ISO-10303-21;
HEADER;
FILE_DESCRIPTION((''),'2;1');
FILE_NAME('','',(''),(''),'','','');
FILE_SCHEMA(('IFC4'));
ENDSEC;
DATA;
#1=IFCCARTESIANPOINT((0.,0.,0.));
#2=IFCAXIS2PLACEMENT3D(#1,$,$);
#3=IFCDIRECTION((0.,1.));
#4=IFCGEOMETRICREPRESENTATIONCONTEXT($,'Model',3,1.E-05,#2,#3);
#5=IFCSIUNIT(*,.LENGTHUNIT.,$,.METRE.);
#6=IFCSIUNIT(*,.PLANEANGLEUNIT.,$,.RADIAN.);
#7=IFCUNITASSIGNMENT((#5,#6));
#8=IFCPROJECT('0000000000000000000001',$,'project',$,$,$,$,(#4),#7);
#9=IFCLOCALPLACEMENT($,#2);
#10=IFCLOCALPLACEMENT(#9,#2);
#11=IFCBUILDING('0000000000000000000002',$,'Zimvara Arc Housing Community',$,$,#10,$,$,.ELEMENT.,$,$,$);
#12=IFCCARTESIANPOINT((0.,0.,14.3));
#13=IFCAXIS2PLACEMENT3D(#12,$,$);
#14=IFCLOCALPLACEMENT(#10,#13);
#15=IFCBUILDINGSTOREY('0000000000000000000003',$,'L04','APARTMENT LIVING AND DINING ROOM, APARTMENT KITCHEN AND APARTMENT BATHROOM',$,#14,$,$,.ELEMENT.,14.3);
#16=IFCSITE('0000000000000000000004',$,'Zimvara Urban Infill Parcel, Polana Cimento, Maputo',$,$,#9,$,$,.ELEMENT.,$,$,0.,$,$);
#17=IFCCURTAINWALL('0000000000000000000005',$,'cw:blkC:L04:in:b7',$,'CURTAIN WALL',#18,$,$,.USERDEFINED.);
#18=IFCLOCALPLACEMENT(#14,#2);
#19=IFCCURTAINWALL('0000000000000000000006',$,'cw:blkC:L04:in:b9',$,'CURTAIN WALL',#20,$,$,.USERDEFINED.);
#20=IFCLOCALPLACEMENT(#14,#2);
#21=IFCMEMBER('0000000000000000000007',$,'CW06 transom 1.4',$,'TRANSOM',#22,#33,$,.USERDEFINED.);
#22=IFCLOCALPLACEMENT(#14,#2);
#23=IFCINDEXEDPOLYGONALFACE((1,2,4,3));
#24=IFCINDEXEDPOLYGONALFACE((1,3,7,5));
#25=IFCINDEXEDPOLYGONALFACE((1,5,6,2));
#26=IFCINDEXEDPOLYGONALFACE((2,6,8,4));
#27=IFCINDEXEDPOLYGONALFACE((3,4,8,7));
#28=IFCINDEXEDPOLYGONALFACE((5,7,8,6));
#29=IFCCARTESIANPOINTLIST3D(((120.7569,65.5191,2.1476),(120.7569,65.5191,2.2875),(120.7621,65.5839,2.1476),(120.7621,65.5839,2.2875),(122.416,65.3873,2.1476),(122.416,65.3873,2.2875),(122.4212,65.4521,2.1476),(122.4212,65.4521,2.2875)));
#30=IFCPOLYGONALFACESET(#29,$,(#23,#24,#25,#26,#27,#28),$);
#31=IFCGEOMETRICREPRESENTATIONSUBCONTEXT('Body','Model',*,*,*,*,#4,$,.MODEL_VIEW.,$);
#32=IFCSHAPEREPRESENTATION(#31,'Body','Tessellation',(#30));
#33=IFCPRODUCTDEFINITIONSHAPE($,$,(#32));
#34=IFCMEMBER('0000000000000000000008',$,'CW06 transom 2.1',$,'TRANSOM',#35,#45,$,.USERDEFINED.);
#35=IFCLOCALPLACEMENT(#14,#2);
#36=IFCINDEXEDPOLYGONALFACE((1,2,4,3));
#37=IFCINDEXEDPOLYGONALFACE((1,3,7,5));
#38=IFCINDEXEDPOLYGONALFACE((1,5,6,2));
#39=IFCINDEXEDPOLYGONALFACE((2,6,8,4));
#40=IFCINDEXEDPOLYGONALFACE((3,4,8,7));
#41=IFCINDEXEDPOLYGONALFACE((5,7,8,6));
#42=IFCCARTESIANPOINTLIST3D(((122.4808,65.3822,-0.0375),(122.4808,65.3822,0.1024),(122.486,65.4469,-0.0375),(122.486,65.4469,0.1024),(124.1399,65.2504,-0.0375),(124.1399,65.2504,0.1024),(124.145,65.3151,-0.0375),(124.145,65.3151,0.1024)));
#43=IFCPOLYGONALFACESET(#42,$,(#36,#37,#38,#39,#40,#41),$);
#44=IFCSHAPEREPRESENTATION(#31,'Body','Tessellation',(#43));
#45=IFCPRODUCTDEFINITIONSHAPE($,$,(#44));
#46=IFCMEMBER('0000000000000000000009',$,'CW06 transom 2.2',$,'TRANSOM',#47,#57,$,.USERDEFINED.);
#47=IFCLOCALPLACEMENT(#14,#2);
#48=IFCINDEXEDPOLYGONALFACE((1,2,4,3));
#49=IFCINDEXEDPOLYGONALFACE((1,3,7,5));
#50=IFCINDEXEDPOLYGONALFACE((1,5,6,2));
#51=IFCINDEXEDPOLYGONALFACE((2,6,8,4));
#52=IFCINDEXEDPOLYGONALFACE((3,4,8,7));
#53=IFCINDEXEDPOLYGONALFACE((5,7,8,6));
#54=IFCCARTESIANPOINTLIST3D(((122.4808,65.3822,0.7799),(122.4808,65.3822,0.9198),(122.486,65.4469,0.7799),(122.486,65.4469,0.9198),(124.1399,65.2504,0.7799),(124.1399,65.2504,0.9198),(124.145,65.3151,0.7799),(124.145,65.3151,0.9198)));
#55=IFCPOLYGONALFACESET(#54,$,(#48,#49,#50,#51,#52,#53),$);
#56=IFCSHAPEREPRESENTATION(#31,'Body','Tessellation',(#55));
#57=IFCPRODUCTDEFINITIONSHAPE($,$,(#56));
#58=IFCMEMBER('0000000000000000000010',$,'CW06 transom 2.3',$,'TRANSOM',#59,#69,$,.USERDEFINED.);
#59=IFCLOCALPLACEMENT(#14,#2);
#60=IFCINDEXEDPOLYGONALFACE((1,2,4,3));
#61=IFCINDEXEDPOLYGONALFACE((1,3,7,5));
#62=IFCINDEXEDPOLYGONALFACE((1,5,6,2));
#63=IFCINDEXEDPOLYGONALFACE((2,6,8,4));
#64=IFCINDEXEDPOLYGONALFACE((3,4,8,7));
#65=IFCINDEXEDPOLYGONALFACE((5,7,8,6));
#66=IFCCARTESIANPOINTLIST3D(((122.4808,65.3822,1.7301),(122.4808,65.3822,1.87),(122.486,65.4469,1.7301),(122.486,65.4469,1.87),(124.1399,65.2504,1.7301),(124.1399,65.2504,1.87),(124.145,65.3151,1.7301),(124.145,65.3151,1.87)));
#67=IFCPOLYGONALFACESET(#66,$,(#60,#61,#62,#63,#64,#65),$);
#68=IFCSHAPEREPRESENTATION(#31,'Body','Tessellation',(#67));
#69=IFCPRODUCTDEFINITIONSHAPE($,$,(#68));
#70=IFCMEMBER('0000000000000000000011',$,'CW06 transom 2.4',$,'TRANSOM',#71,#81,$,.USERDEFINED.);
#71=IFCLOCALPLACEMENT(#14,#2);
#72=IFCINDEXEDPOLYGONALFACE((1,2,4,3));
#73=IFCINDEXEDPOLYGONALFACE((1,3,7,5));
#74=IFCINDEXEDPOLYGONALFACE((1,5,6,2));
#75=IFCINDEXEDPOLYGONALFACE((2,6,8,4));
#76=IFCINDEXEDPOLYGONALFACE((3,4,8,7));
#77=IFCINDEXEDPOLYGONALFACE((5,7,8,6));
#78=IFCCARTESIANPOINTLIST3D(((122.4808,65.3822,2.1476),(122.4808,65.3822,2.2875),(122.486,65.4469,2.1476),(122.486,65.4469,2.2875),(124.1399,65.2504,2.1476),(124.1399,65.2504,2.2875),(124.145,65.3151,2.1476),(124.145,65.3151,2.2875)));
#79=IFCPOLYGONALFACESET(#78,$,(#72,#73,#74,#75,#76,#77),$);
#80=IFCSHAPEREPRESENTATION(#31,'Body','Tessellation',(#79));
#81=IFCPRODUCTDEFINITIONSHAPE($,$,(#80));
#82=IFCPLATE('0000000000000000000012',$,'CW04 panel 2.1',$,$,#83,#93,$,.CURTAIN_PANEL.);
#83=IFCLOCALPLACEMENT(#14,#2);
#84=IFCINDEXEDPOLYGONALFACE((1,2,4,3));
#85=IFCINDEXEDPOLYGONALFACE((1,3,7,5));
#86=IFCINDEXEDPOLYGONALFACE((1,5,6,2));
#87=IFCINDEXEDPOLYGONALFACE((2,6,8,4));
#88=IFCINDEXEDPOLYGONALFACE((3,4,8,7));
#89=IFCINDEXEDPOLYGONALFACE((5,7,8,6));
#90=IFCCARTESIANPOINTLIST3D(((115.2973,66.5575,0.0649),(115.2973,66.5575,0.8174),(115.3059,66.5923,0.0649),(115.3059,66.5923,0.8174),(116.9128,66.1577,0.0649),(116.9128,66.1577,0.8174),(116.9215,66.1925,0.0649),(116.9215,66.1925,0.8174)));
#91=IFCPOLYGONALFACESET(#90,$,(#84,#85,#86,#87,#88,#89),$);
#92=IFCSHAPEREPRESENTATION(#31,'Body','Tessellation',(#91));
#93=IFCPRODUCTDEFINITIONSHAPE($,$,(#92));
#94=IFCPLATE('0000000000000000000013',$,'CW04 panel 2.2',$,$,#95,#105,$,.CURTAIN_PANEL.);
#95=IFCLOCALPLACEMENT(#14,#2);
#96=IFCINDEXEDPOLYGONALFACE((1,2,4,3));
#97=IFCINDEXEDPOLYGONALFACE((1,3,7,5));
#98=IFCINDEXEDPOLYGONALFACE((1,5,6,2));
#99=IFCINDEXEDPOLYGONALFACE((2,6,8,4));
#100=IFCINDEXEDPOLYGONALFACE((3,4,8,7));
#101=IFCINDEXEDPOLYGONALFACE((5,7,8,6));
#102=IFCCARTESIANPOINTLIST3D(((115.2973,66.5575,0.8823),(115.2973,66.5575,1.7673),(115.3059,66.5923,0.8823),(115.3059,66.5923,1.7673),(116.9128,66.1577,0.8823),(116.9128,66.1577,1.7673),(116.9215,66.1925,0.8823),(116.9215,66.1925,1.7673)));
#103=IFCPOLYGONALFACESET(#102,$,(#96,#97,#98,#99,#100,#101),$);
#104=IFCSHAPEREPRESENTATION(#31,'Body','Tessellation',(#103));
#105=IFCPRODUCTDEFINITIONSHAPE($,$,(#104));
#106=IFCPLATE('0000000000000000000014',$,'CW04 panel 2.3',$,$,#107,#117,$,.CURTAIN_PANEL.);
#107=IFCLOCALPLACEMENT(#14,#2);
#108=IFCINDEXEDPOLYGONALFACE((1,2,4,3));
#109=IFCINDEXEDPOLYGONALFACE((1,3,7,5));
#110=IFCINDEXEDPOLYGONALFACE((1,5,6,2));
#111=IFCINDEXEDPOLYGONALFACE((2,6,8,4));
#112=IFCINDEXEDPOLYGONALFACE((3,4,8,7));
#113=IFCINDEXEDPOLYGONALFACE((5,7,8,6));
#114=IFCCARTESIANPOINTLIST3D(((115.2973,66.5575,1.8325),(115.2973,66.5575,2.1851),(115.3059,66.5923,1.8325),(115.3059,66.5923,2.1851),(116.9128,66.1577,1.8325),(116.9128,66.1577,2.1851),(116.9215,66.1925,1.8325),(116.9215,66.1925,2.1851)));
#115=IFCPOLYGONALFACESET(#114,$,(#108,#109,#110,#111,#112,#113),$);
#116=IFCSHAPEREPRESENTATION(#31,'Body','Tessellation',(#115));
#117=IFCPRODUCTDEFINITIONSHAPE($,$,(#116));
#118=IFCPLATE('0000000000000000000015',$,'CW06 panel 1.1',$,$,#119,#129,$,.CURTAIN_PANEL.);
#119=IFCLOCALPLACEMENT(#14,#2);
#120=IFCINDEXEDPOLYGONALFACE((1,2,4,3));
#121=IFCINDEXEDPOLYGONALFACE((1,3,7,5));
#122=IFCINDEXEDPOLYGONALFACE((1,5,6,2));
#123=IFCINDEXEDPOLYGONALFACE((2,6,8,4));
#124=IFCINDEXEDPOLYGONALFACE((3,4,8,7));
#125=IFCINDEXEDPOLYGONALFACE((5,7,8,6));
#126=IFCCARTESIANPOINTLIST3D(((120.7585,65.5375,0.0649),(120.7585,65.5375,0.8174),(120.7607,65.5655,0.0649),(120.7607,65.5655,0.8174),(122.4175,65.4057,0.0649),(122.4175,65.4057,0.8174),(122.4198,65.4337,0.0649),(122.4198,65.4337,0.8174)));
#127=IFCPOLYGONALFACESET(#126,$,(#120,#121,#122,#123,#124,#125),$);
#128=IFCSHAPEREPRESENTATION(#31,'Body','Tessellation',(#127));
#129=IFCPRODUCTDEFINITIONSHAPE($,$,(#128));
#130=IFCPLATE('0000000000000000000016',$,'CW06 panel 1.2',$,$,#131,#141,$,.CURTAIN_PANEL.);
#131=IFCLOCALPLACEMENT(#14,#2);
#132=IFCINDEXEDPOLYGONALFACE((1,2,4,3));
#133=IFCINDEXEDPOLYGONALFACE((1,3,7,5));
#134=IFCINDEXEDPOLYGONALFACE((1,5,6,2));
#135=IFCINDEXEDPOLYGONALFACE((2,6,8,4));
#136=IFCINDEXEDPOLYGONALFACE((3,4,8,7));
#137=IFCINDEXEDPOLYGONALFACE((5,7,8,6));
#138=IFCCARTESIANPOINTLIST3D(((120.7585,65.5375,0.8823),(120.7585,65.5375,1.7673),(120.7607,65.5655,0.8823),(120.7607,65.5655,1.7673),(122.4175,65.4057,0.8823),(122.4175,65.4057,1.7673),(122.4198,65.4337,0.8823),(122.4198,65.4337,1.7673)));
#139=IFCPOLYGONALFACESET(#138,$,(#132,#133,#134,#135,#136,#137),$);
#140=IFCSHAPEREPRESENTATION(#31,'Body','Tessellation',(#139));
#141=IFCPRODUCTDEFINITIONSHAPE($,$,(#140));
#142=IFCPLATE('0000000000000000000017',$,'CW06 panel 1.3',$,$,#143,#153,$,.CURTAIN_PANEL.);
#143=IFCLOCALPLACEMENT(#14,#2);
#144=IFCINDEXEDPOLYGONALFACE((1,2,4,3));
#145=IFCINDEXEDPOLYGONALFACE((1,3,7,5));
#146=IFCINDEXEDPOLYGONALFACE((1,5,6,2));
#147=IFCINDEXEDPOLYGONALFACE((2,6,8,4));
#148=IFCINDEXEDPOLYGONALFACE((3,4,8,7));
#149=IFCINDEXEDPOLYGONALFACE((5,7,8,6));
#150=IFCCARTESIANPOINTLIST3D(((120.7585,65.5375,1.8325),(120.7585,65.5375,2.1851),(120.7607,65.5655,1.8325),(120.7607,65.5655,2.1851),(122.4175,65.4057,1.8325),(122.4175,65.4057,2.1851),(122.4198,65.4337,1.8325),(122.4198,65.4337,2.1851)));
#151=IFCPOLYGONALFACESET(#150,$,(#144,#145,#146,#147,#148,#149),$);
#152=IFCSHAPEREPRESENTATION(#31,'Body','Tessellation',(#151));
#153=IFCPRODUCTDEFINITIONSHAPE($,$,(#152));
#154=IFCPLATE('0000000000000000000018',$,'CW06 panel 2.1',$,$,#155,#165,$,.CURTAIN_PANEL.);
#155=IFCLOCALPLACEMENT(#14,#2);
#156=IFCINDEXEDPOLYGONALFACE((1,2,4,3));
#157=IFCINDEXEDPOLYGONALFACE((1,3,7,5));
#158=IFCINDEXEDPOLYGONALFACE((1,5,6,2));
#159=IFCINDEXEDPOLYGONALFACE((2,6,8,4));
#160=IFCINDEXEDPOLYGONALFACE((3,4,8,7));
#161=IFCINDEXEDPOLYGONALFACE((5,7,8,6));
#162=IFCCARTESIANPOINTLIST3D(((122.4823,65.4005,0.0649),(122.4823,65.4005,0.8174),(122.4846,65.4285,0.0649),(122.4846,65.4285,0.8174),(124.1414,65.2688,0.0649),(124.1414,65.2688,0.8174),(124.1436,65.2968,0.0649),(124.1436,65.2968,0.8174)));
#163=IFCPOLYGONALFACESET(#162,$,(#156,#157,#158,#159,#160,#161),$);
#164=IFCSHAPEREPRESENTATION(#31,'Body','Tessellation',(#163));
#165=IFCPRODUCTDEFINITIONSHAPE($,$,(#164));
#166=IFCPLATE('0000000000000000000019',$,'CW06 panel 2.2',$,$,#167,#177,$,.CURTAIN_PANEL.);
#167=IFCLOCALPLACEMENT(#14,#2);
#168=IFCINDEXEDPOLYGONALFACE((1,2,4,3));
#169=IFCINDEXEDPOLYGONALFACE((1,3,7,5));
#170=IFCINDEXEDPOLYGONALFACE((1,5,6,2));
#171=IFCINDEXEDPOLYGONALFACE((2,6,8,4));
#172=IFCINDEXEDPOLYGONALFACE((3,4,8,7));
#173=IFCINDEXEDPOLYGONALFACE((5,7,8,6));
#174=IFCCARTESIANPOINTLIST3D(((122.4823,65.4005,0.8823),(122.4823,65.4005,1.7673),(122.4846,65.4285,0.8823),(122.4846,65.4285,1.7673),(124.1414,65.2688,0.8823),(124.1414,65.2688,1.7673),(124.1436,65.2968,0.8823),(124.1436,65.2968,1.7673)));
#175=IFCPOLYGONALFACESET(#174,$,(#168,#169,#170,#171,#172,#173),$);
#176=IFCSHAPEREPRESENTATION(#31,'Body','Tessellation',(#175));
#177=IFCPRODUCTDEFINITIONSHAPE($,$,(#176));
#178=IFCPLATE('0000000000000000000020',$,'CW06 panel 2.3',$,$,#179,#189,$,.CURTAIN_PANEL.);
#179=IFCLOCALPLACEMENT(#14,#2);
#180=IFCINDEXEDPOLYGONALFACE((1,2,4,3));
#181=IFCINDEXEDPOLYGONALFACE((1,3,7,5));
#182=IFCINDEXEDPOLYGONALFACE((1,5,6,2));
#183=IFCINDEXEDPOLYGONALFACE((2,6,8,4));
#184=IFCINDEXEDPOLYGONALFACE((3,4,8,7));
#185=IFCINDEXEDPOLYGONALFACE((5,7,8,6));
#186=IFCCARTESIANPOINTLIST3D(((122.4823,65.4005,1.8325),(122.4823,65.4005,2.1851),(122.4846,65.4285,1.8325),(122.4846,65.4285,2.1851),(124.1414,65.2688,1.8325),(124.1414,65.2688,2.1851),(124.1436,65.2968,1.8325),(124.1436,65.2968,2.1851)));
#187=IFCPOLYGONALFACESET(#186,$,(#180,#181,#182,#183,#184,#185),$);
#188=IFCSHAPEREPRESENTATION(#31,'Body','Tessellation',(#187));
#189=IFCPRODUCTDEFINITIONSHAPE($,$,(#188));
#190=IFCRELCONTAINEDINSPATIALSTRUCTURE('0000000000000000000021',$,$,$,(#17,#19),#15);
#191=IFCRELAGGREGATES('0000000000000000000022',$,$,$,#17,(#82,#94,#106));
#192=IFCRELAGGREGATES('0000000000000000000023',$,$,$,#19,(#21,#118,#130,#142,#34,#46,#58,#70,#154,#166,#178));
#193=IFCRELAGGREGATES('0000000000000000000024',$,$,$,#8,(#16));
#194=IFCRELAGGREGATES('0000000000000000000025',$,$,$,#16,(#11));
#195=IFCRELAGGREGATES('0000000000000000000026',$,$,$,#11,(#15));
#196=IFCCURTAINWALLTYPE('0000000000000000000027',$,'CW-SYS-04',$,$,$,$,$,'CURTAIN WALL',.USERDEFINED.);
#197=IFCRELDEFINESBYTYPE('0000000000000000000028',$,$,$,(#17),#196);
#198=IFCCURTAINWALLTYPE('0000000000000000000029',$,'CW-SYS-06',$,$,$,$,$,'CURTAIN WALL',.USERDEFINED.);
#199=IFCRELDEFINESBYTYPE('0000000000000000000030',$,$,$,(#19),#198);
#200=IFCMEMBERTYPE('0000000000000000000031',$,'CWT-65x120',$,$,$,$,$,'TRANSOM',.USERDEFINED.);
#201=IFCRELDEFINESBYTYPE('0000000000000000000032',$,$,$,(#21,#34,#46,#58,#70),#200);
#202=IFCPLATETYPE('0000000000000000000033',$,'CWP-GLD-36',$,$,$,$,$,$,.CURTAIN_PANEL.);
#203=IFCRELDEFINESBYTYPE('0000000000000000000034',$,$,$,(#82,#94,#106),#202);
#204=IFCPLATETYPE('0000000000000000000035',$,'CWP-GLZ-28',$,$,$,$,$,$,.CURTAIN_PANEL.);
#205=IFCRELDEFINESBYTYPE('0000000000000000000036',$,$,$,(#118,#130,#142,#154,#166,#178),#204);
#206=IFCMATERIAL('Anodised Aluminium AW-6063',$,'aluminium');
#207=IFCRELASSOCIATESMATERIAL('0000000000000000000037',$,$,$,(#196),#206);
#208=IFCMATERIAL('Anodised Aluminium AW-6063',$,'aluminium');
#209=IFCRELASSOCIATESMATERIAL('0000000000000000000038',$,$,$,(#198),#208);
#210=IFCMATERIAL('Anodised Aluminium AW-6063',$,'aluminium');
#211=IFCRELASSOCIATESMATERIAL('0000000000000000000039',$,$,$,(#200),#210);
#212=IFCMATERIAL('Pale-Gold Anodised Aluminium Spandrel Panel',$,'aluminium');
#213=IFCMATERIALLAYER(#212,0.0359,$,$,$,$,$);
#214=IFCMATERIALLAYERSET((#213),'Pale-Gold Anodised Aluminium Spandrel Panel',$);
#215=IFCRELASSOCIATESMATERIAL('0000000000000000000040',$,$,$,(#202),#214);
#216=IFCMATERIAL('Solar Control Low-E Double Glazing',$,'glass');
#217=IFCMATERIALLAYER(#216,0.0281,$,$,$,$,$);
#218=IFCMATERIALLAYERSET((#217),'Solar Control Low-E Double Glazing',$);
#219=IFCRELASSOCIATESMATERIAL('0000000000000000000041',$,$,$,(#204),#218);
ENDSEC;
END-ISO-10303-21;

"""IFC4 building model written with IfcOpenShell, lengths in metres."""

from ifc_helpers import new_model, si_unit, direction, frame, origin, origin_2d, place, context, subcontext, project, spatial, rectangle, extrude, material, layer, layer_set, material_profile, profile_set, type_object, element, aggregate, save


model = new_model("IFC4")

# Units and contexts
model_context = context("Model", 3, precision=1e-05, world=origin(), true_north=direction((0.0, 1.0)))
body_context = subcontext(model_context, "Body", "Model", "MODEL_VIEW")
ifc_project = project(units=[si_unit("LENGTHUNIT", "METRE"), si_unit("PLANEANGLEUNIT", "RADIAN")], contexts=[model_context])

# Site, building, storey
site_placement = place(None, origin())
site = spatial("IfcSite", under=ifc_project, at=site_placement, Name="Zimvara Urban Infill Parcel, Polana Cimento, Maputo", CompositionType="ELEMENT", RefElevation=0.0)
building_placement = place(site_placement, origin())
building = spatial("IfcBuilding", under=site, at=building_placement, Name="Zimvara Arc Housing Community", CompositionType="ELEMENT")
storey_placement = place(building_placement, frame((0.0, 0.0, 14.3)))
storey = spatial("IfcBuildingStorey", under=building, at=storey_placement, Name="L04", Description="APARTMENT LIVING AND DINING ROOM, APARTMENT KITCHEN AND APARTMENT BATHROOM", CompositionType="ELEMENT", Elevation=14.3)

# Curtain wall
ifc_material_1 = material(Name="Anodised Aluminium AW-6063", Category="aluminium")
curtain_wall_type_1 = type_object("IfcCurtainWallType", Name="CW-SYS-04", ElementType="CURTAIN WALL", PredefinedType="USERDEFINED", material=ifc_material_1)
curtain_wall_1_placement = place(storey_placement, origin())
curtain_wall_1 = element("IfcCurtainWall", 1, at=curtain_wall_1_placement, inside=storey, type_object=curtain_wall_type_1, Name="cw:blkC:L04:in:b7", ObjectType="CURTAIN WALL", PredefinedType="USERDEFINED")

# Curtain wall, members
ifc_material_2 = material(Name="Anodised Aluminium AW-6063", Category="aluminium")
curtain_wall_type_2 = type_object("IfcCurtainWallType", Name="CW-SYS-06", ElementType="CURTAIN WALL", PredefinedType="USERDEFINED", material=ifc_material_2)
curtain_wall_2_placement = place(storey_placement, origin())
curtain_wall_2 = element("IfcCurtainWall", 2, at=curtain_wall_2_placement, inside=storey, type_object=curtain_wall_type_2, Name="cw:blkC:L04:in:b9", ObjectType="CURTAIN WALL", PredefinedType="USERDEFINED")
ifc_material_3 = material(Name="Anodised Aluminium AW-6063", Category="aluminium")
ifc_material_profile_1 = material_profile(ifc_material_3, rectangle(XDim=0.0649, YDim=0.1399, at=origin_2d()), Name="ALU 65x140")
ifc_profile_set_1 = profile_set([ifc_material_profile_1], Name="Anodised Aluminium AW-6063")
member_type_1 = type_object("IfcMemberType", Name="CWT-65x120", ElementType="TRANSOM", PredefinedType="USERDEFINED", material=ifc_profile_set_1)
member_1_placement = place(storey_placement, frame((120.7595, 65.5515, 2.2175), z_axis=(0.996858, -0.079209, 0.0), x_axis=(0.079209, 0.996858, 0.0)))
member_1 = element("IfcMember", 3, at=member_1_placement, type_object=member_type_1, Name="CW06 transom 1.4", ObjectType="TRANSOM", PredefinedType="USERDEFINED", context=body_context, shape_type="SweptSolid", body=[
    extrude(rectangle(XDim=0.0649, YDim=0.1399, at=origin_2d()), origin(), (0.0, 0.0, 1.0), 1.6643),
])
member_2_placement = place(storey_placement, frame((122.4834, 65.4146, 0.0325), z_axis=(0.996858, -0.079209, 0.0), x_axis=(0.079209, 0.996858, 0.0)))
member_2 = element("IfcMember", 4, at=member_2_placement, type_object=member_type_1, Name="CW06 transom 2.1", ObjectType="TRANSOM", PredefinedType="USERDEFINED", context=body_context, shape_type="SweptSolid", body=[
    extrude(rectangle(XDim=0.0649, YDim=0.1399, at=origin_2d()), origin(), (0.0, 0.0, 1.0), 1.6643),
])
member_3_placement = place(storey_placement, frame((122.4834, 65.4146, 0.8499), z_axis=(0.996858, -0.079209, 0.0), x_axis=(0.079209, 0.996858, 0.0)))
member_3 = element("IfcMember", 5, at=member_3_placement, type_object=member_type_1, Name="CW06 transom 2.2", ObjectType="TRANSOM", PredefinedType="USERDEFINED", context=body_context, shape_type="SweptSolid", body=[
    extrude(rectangle(XDim=0.0649, YDim=0.1399, at=origin_2d()), origin(), (0.0, 0.0, 1.0), 1.6643),
])
member_4_placement = place(storey_placement, frame((122.4834, 65.4146, 1.8), z_axis=(0.996858, -0.079209, 0.0), x_axis=(0.079209, 0.996858, 0.0)))
member_4 = element("IfcMember", 6, at=member_4_placement, type_object=member_type_1, Name="CW06 transom 2.3", ObjectType="TRANSOM", PredefinedType="USERDEFINED", context=body_context, shape_type="SweptSolid", body=[
    extrude(rectangle(XDim=0.0649, YDim=0.1399, at=origin_2d()), origin(), (0.0, 0.0, 1.0), 1.6643),
])
member_5_placement = place(storey_placement, frame((122.4834, 65.4146, 2.2175), z_axis=(0.996858, -0.079209, 0.0), x_axis=(0.079209, 0.996858, 0.0)))
member_5 = element("IfcMember", 7, at=member_5_placement, type_object=member_type_1, Name="CW06 transom 2.4", ObjectType="TRANSOM", PredefinedType="USERDEFINED", context=body_context, shape_type="SweptSolid", body=[
    extrude(rectangle(XDim=0.0649, YDim=0.1399, at=origin_2d()), origin(), (0.0, 0.0, 1.0), 1.6643),
])

# Plates
ifc_material_4 = material(Name="Pale-Gold Anodised Aluminium Spandrel Panel", Category="aluminium")
ifc_layer_1 = layer(ifc_material_4, 0.0359)
ifc_layer_set_1 = layer_set([ifc_layer_1], Name="Pale-Gold Anodised Aluminium Spandrel Panel")
plate_type_1 = type_object("IfcPlateType", Name="CWP-GLD-36", PredefinedType="CURTAIN_PANEL", material=ifc_layer_set_1)
plate_1_placement = place(storey_placement, frame((116.1094, 66.375, 0.0649), z_axis=(0.0, 0.0, 1.0), x_axis=(0.970717, -0.240228, 0.0)))
plate_1 = element("IfcPlate", 8, at=plate_1_placement, type_object=plate_type_1, Name="CW04 panel 2.1", PredefinedType="CURTAIN_PANEL", context=body_context, shape_type="SweptSolid", body=[
    extrude(rectangle(XDim=1.6643, YDim=0.0359, at=origin_2d()), origin(), (0.0, 0.0, 1.0), 0.7524),
])
plate_2_placement = place(storey_placement, frame((116.1094, 66.375, 0.8823), z_axis=(0.0, 0.0, 1.0), x_axis=(0.970717, -0.240228, 0.0)))
plate_2 = element("IfcPlate", 9, at=plate_2_placement, type_object=plate_type_1, Name="CW04 panel 2.2", PredefinedType="CURTAIN_PANEL", context=body_context, shape_type="SweptSolid", body=[
    extrude(rectangle(XDim=1.6643, YDim=0.0359, at=origin_2d()), origin(), (0.0, 0.0, 1.0), 0.885),
])
plate_3_placement = place(storey_placement, frame((116.1094, 66.375, 1.8325), z_axis=(0.0, 0.0, 1.0), x_axis=(0.970717, -0.240228, 0.0)))
plate_3 = element("IfcPlate", 10, at=plate_3_placement, type_object=plate_type_1, Name="CW04 panel 2.3", PredefinedType="CURTAIN_PANEL", context=body_context, shape_type="SweptSolid", body=[
    extrude(rectangle(XDim=1.6643, YDim=0.0359, at=origin_2d()), origin(), (0.0, 0.0, 1.0), 0.3525),
])
aggregate(curtain_wall_1, [plate_1, plate_2, plate_3])
ifc_material_5 = material(Name="Solar Control Low-E Double Glazing", Category="glass")
ifc_layer_2 = layer(ifc_material_5, 0.0281)
ifc_layer_set_2 = layer_set([ifc_layer_2], Name="Solar Control Low-E Double Glazing")
plate_type_2 = type_object("IfcPlateType", Name="CWP-GLZ-28", PredefinedType="CURTAIN_PANEL", material=ifc_layer_set_2)
plate_4_placement = place(storey_placement, frame((121.5891, 65.4856, 0.0649), z_axis=(0.0, 0.0, 1.0), x_axis=(0.996862, -0.079155, 0.0)))
plate_4 = element("IfcPlate", 11, at=plate_4_placement, type_object=plate_type_2, Name="CW06 panel 1.1", PredefinedType="CURTAIN_PANEL", context=body_context, shape_type="SweptSolid", body=[
    extrude(rectangle(XDim=1.6643, YDim=0.0281, at=origin_2d()), origin(), (0.0, 0.0, 1.0), 0.7524),
])
plate_5_placement = place(storey_placement, frame((121.5891, 65.4856, 0.8823), z_axis=(0.0, 0.0, 1.0), x_axis=(0.996862, -0.079155, 0.0)))
plate_5 = element("IfcPlate", 12, at=plate_5_placement, type_object=plate_type_2, Name="CW06 panel 1.2", PredefinedType="CURTAIN_PANEL", context=body_context, shape_type="SweptSolid", body=[
    extrude(rectangle(XDim=1.6643, YDim=0.0281, at=origin_2d()), origin(), (0.0, 0.0, 1.0), 0.885),
])
plate_6_placement = place(storey_placement, frame((121.5891, 65.4856, 1.8325), z_axis=(0.0, 0.0, 1.0), x_axis=(0.996862, -0.079155, 0.0)))
plate_6 = element("IfcPlate", 13, at=plate_6_placement, type_object=plate_type_2, Name="CW06 panel 1.3", PredefinedType="CURTAIN_PANEL", context=body_context, shape_type="SweptSolid", body=[
    extrude(rectangle(XDim=1.6643, YDim=0.0281, at=origin_2d()), origin(), (0.0, 0.0, 1.0), 0.3525),
])
plate_7_placement = place(storey_placement, frame((123.313, 65.3486, 0.0649), z_axis=(0.0, 0.0, 1.0), x_axis=(0.996862, -0.079155, 0.0)))
plate_7 = element("IfcPlate", 14, at=plate_7_placement, type_object=plate_type_2, Name="CW06 panel 2.1", PredefinedType="CURTAIN_PANEL", context=body_context, shape_type="SweptSolid", body=[
    extrude(rectangle(XDim=1.6643, YDim=0.0281, at=origin_2d()), origin(), (0.0, 0.0, 1.0), 0.7524),
])
plate_8_placement = place(storey_placement, frame((123.313, 65.3486, 0.8823), z_axis=(0.0, 0.0, 1.0), x_axis=(0.996862, -0.079155, 0.0)))
plate_8 = element("IfcPlate", 15, at=plate_8_placement, type_object=plate_type_2, Name="CW06 panel 2.2", PredefinedType="CURTAIN_PANEL", context=body_context, shape_type="SweptSolid", body=[
    extrude(rectangle(XDim=1.6643, YDim=0.0281, at=origin_2d()), origin(), (0.0, 0.0, 1.0), 0.885),
])
plate_9_placement = place(storey_placement, frame((123.313, 65.3486, 1.8325), z_axis=(0.0, 0.0, 1.0), x_axis=(0.996862, -0.079155, 0.0)))
plate_9 = element("IfcPlate", 16, at=plate_9_placement, type_object=plate_type_2, Name="CW06 panel 2.3", PredefinedType="CURTAIN_PANEL", context=body_context, shape_type="SweptSolid", body=[
    extrude(rectangle(XDim=1.6643, YDim=0.0281, at=origin_2d()), origin(), (0.0, 0.0, 1.0), 0.3525),
])
aggregate(curtain_wall_2, [member_1, plate_4, plate_5, plate_6, member_2, member_3, member_4, member_5, plate_7, plate_8, plate_9])

save(model, "model.ifc")
